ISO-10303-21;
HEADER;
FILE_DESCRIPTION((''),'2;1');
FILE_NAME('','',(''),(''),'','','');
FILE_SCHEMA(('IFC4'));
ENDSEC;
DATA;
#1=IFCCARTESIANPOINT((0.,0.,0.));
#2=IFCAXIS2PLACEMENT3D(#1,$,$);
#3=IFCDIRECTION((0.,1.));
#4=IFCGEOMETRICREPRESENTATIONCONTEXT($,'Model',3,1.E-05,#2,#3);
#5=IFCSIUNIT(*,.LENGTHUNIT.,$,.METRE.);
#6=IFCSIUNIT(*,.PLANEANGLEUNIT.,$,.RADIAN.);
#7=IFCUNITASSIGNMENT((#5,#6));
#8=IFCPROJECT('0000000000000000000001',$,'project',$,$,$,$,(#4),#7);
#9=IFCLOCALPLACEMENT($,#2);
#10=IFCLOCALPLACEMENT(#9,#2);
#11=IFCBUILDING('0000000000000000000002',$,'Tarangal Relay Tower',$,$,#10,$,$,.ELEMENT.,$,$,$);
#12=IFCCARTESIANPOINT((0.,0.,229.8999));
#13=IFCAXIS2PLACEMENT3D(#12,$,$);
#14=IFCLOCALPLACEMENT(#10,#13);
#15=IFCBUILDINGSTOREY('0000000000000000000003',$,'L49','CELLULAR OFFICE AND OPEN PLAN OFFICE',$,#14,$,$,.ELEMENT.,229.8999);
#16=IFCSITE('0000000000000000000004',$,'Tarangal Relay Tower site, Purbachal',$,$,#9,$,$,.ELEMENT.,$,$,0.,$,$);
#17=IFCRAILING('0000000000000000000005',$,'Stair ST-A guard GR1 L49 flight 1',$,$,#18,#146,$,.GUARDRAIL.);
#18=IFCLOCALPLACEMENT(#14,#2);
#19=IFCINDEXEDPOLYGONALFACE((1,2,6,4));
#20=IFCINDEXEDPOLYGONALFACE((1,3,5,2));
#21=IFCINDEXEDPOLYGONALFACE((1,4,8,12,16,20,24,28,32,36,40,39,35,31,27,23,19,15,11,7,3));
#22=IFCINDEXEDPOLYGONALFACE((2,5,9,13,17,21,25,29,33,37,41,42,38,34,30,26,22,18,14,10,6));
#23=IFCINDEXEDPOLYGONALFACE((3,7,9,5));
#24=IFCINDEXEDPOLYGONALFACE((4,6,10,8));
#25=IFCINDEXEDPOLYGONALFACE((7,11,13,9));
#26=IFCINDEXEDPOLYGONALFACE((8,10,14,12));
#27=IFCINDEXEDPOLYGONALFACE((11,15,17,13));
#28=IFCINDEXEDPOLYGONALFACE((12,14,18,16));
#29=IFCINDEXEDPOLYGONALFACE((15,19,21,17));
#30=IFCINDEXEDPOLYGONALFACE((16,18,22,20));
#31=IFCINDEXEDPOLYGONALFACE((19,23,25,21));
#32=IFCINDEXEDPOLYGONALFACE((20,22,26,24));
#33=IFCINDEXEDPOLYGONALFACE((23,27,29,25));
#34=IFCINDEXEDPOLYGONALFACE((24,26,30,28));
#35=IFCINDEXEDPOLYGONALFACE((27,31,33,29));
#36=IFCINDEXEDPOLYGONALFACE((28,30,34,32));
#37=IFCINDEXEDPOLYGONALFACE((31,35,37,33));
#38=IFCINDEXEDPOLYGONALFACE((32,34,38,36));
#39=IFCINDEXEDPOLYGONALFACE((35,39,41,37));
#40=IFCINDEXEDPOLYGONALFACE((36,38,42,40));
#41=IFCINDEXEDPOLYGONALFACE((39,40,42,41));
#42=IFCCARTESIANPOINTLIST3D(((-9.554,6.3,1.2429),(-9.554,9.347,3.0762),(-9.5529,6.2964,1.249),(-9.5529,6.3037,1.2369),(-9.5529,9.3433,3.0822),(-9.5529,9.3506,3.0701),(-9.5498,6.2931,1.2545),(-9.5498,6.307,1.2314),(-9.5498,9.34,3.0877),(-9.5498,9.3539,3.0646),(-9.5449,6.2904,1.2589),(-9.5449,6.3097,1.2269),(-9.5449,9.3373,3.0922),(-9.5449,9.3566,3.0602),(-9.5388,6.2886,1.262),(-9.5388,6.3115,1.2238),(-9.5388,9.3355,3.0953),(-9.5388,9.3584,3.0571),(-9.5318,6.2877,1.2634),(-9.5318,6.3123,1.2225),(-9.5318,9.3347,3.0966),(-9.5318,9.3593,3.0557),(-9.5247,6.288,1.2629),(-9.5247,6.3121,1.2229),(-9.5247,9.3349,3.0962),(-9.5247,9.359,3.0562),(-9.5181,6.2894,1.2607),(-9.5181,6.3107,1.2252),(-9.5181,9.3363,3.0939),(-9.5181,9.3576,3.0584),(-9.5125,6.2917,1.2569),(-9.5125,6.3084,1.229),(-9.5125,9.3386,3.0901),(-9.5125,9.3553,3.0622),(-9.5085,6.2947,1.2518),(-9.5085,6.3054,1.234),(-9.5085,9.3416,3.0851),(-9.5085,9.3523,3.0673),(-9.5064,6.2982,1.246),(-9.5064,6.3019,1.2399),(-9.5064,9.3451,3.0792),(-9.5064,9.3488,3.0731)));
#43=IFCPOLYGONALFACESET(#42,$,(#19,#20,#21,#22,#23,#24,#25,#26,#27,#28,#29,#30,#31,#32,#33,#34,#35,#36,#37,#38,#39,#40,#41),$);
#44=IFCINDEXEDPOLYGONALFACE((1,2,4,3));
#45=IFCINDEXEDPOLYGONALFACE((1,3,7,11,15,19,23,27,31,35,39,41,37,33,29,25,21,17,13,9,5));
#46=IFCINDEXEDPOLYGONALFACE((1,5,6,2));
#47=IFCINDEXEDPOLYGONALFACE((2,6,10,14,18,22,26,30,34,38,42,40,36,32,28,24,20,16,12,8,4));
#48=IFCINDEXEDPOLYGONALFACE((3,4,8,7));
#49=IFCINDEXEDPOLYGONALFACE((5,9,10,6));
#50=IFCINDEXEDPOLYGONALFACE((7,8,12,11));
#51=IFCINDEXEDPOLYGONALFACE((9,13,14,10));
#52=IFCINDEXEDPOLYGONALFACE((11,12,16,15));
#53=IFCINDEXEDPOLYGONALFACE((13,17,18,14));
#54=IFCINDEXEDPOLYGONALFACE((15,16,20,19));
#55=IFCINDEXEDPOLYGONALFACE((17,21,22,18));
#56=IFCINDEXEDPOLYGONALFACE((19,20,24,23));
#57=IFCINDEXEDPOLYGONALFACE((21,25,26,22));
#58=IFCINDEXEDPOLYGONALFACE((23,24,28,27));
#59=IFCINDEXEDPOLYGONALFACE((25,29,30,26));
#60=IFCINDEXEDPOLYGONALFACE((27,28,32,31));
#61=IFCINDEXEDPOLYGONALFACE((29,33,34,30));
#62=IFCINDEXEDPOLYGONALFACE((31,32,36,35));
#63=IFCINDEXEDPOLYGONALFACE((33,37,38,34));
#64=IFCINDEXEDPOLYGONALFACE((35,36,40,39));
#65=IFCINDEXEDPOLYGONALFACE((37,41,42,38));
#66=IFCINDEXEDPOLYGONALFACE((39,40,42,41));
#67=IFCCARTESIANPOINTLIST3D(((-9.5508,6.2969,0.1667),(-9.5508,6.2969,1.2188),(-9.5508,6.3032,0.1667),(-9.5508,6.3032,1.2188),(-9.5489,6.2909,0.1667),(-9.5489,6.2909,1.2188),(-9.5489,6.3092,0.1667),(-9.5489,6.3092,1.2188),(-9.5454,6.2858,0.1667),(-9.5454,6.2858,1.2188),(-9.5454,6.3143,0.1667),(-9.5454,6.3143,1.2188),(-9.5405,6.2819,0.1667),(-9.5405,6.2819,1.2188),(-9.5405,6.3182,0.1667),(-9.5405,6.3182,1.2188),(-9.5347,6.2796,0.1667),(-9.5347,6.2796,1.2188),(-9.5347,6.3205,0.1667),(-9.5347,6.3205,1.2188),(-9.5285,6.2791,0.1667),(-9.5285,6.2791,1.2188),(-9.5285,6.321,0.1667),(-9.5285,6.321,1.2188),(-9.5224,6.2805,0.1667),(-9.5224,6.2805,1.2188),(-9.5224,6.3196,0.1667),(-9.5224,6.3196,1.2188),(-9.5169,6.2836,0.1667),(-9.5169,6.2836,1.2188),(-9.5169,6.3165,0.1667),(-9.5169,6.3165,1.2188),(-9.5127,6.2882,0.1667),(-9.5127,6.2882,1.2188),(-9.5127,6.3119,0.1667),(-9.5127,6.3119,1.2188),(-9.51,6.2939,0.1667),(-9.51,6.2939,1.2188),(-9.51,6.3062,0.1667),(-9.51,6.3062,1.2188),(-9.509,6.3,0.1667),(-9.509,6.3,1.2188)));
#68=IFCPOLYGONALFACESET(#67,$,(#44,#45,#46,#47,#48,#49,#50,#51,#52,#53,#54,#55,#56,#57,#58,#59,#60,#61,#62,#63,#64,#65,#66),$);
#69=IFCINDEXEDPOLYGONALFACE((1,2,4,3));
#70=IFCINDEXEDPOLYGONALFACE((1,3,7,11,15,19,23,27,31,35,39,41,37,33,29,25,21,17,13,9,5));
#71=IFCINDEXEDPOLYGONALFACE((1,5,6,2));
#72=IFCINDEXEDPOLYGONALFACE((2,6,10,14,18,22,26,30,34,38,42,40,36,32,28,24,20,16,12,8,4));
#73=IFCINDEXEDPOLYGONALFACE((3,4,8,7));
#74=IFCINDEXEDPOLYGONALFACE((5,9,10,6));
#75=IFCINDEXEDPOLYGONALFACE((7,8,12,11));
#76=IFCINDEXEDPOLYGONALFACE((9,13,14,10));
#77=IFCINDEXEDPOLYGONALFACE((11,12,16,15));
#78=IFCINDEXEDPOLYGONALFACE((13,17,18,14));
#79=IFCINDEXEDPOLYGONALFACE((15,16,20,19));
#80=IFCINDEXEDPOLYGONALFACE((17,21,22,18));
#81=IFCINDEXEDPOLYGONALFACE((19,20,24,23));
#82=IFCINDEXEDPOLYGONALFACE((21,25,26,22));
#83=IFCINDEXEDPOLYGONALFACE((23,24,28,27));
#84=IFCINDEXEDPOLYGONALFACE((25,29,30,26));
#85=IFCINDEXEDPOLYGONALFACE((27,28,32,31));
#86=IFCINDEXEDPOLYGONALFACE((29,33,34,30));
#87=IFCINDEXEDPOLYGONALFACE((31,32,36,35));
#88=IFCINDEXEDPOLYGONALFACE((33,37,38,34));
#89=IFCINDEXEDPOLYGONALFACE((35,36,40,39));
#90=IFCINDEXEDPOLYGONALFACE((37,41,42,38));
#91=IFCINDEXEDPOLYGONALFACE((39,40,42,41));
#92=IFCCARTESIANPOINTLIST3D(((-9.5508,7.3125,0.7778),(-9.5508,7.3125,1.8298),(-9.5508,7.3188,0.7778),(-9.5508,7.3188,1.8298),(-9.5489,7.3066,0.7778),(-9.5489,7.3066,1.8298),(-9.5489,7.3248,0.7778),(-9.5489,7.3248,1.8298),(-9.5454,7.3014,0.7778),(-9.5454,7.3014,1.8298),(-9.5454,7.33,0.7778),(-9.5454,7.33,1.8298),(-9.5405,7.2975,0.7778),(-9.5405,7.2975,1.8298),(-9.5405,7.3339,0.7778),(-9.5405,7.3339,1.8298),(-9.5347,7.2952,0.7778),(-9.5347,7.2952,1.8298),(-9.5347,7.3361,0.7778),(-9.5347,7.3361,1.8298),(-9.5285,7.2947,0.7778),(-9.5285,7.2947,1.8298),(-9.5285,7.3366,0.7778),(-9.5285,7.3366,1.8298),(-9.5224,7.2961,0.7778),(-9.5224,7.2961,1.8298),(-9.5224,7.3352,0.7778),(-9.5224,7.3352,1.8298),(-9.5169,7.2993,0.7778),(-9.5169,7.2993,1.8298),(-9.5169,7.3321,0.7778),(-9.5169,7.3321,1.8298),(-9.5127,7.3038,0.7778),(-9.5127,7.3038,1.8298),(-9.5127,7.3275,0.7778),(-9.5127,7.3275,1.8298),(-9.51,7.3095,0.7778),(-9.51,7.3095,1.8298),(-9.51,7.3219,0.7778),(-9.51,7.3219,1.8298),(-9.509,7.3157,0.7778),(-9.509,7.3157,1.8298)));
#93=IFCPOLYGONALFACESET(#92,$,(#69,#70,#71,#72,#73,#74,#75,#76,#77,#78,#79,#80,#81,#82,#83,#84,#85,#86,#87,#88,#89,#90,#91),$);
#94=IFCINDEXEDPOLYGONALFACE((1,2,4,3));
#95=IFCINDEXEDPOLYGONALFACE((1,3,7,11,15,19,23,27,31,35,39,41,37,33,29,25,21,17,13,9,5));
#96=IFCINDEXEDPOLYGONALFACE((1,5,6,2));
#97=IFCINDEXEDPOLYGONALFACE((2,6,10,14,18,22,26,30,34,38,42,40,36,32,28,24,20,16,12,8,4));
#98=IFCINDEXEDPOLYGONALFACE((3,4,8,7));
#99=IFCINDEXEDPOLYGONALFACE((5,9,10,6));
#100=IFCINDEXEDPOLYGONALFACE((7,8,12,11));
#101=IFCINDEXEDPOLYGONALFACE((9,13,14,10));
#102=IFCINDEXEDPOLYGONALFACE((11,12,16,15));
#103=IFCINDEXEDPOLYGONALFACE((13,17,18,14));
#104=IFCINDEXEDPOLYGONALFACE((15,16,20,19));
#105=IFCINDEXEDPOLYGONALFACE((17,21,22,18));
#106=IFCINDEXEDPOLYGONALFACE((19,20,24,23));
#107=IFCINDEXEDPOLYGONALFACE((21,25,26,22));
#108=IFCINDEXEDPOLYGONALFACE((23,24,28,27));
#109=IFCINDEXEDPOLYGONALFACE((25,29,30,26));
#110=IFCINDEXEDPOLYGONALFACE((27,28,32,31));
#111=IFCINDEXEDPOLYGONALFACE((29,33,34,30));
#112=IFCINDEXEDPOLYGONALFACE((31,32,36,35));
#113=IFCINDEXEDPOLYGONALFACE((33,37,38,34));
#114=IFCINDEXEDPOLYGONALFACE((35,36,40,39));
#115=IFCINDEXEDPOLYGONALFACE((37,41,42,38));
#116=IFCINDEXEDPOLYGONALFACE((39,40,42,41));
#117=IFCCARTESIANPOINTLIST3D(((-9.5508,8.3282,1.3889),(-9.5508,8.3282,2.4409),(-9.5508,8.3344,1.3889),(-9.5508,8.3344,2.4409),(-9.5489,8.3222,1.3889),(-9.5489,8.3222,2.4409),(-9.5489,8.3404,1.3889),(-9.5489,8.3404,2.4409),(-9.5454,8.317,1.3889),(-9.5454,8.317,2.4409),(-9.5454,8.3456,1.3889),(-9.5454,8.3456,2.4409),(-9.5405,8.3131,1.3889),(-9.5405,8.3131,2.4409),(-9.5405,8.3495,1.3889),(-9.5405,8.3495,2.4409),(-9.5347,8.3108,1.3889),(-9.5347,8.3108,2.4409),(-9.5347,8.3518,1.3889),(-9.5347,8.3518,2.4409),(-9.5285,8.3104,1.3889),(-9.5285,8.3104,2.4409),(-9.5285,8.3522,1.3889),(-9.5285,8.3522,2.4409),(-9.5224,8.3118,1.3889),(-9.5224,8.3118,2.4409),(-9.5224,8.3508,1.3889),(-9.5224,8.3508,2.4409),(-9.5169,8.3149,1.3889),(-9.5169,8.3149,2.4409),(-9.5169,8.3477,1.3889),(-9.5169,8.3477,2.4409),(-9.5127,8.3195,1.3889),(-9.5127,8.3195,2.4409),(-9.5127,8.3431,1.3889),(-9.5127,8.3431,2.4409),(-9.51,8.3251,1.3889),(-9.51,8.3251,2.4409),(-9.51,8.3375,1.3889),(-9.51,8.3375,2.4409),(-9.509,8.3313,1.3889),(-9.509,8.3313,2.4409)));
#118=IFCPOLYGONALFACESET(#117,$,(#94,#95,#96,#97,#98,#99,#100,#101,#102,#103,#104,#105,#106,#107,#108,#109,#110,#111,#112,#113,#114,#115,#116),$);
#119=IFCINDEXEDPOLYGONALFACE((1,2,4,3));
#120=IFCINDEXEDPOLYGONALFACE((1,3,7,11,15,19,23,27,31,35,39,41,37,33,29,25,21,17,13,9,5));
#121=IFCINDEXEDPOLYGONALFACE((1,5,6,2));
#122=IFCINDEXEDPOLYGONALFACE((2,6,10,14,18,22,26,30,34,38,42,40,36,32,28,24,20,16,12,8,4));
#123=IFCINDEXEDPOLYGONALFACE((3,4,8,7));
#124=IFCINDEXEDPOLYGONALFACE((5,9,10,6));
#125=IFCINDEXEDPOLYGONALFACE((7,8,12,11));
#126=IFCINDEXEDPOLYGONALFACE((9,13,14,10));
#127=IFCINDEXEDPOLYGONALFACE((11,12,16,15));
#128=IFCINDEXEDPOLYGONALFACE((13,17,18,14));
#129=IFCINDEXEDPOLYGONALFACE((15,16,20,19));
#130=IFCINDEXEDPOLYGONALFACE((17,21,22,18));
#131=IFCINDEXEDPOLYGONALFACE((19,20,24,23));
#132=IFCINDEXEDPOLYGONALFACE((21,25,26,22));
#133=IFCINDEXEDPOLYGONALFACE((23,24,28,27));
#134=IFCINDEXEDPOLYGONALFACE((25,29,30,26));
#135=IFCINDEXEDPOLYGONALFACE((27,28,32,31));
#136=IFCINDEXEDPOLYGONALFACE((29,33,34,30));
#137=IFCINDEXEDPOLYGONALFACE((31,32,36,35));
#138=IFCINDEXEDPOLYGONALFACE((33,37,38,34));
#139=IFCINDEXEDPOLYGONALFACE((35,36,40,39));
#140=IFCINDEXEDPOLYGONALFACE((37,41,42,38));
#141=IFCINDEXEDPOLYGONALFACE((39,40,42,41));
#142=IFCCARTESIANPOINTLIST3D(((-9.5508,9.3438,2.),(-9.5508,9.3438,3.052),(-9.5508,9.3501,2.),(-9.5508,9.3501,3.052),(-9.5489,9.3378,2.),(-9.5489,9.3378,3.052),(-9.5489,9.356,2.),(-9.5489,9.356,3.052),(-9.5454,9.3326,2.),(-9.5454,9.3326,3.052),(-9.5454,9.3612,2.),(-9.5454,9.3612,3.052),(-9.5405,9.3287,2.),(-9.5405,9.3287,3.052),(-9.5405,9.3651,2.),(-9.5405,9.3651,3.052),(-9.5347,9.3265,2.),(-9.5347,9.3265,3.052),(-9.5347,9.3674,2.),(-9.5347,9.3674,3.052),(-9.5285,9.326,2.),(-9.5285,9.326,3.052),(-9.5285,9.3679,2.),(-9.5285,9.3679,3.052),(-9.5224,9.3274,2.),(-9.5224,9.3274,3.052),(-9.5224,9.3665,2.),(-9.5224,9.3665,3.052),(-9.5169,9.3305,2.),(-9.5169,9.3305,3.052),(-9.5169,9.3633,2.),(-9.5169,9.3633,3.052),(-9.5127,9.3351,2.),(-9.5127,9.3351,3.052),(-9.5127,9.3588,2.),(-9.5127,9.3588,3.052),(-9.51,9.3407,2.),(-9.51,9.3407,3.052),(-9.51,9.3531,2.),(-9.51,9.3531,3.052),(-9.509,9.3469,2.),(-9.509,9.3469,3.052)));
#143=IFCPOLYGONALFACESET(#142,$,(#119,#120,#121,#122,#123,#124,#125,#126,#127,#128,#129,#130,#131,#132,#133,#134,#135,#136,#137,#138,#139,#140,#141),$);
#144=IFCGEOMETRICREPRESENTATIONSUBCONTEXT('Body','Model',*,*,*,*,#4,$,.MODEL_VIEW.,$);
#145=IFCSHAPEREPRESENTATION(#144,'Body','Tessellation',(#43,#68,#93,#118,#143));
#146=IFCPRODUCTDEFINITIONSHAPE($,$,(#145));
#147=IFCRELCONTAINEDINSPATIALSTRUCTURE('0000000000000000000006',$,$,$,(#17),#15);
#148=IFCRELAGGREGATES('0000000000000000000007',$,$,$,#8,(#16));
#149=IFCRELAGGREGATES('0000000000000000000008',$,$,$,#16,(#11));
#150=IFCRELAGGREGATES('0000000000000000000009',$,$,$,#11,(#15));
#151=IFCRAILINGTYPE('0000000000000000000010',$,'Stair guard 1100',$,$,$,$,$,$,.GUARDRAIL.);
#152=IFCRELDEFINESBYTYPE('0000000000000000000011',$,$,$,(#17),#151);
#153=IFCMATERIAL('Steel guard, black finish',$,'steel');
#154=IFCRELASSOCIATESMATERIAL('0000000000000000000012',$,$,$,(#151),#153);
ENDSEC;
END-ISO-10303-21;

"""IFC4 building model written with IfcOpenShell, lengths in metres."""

from ifc_helpers import new_model, si_unit, direction, frame, origin, origin_2d, place, context, subcontext, project, spatial, circle, extrude, material, type_object, element, save


model = new_model("IFC4")

# Units and contexts
model_context = context("Model", 3, precision=1e-05, world=origin(), true_north=direction((0.0, 1.0)))
body_context = subcontext(model_context, "Body", "Model", "MODEL_VIEW")
ifc_project = project(units=[si_unit("LENGTHUNIT", "METRE"), si_unit("PLANEANGLEUNIT", "RADIAN")], contexts=[model_context])

# Site, building, storey
site_placement = place(None, origin())
site = spatial("IfcSite", under=ifc_project, at=site_placement, Name="Tarangal Relay Tower site, Purbachal", CompositionType="ELEMENT", RefElevation=0.0)
building_placement = place(site_placement, origin())
building = spatial("IfcBuilding", under=site, at=building_placement, Name="Tarangal Relay Tower", CompositionType="ELEMENT")
storey_placement = place(building_placement, frame((0.0, 0.0, 229.8999)))
storey = spatial("IfcBuildingStorey", under=building, at=storey_placement, Name="L49", Description="CELLULAR OFFICE AND OPEN PLAN OFFICE", CompositionType="ELEMENT", Elevation=229.8999)

# Railing
ifc_material_1 = material(Name="Steel guard, black finish", Category="steel")
railing_type_1 = type_object("IfcRailingType", Name="Stair guard 1100", PredefinedType="GUARDRAIL", material=ifc_material_1)
railing_1_placement = place(storey_placement, frame((-9.53, 6.3, 0.1667)))
element("IfcRailing", 1, at=railing_1_placement, inside=storey, type_object=railing_type_1, Name="Stair ST-A guard GR1 L49 flight 1", PredefinedType="GUARDRAIL", context=body_context, shape_type="SweptSolid", body=[
    extrude(circle(Radius=0.0239, at=origin_2d()), frame((0.0, 0.0, 1.0762), z_axis=(0.0, 0.856856, 0.515556), x_axis=(-1.0, 0.0, 0.0)), (0.0, 0.0, 1.0), 3.5559),
    extrude(circle(Radius=0.021, at=origin_2d()), origin(), (0.0, 0.0, 1.0), 1.052),
    extrude(circle(Radius=0.021, at=origin_2d()), frame((0.0, 1.0156, 0.6111)), (0.0, 0.0, 1.0), 1.052),
    extrude(circle(Radius=0.021, at=origin_2d()), frame((0.0, 2.0312, 1.2222)), (0.0, 0.0, 1.0), 1.052),
    extrude(circle(Radius=0.021, at=origin_2d()), frame((0.0, 3.0469, 1.8333)), (0.0, 0.0, 1.0), 1.052),
])

save(model, "model.ifc")
